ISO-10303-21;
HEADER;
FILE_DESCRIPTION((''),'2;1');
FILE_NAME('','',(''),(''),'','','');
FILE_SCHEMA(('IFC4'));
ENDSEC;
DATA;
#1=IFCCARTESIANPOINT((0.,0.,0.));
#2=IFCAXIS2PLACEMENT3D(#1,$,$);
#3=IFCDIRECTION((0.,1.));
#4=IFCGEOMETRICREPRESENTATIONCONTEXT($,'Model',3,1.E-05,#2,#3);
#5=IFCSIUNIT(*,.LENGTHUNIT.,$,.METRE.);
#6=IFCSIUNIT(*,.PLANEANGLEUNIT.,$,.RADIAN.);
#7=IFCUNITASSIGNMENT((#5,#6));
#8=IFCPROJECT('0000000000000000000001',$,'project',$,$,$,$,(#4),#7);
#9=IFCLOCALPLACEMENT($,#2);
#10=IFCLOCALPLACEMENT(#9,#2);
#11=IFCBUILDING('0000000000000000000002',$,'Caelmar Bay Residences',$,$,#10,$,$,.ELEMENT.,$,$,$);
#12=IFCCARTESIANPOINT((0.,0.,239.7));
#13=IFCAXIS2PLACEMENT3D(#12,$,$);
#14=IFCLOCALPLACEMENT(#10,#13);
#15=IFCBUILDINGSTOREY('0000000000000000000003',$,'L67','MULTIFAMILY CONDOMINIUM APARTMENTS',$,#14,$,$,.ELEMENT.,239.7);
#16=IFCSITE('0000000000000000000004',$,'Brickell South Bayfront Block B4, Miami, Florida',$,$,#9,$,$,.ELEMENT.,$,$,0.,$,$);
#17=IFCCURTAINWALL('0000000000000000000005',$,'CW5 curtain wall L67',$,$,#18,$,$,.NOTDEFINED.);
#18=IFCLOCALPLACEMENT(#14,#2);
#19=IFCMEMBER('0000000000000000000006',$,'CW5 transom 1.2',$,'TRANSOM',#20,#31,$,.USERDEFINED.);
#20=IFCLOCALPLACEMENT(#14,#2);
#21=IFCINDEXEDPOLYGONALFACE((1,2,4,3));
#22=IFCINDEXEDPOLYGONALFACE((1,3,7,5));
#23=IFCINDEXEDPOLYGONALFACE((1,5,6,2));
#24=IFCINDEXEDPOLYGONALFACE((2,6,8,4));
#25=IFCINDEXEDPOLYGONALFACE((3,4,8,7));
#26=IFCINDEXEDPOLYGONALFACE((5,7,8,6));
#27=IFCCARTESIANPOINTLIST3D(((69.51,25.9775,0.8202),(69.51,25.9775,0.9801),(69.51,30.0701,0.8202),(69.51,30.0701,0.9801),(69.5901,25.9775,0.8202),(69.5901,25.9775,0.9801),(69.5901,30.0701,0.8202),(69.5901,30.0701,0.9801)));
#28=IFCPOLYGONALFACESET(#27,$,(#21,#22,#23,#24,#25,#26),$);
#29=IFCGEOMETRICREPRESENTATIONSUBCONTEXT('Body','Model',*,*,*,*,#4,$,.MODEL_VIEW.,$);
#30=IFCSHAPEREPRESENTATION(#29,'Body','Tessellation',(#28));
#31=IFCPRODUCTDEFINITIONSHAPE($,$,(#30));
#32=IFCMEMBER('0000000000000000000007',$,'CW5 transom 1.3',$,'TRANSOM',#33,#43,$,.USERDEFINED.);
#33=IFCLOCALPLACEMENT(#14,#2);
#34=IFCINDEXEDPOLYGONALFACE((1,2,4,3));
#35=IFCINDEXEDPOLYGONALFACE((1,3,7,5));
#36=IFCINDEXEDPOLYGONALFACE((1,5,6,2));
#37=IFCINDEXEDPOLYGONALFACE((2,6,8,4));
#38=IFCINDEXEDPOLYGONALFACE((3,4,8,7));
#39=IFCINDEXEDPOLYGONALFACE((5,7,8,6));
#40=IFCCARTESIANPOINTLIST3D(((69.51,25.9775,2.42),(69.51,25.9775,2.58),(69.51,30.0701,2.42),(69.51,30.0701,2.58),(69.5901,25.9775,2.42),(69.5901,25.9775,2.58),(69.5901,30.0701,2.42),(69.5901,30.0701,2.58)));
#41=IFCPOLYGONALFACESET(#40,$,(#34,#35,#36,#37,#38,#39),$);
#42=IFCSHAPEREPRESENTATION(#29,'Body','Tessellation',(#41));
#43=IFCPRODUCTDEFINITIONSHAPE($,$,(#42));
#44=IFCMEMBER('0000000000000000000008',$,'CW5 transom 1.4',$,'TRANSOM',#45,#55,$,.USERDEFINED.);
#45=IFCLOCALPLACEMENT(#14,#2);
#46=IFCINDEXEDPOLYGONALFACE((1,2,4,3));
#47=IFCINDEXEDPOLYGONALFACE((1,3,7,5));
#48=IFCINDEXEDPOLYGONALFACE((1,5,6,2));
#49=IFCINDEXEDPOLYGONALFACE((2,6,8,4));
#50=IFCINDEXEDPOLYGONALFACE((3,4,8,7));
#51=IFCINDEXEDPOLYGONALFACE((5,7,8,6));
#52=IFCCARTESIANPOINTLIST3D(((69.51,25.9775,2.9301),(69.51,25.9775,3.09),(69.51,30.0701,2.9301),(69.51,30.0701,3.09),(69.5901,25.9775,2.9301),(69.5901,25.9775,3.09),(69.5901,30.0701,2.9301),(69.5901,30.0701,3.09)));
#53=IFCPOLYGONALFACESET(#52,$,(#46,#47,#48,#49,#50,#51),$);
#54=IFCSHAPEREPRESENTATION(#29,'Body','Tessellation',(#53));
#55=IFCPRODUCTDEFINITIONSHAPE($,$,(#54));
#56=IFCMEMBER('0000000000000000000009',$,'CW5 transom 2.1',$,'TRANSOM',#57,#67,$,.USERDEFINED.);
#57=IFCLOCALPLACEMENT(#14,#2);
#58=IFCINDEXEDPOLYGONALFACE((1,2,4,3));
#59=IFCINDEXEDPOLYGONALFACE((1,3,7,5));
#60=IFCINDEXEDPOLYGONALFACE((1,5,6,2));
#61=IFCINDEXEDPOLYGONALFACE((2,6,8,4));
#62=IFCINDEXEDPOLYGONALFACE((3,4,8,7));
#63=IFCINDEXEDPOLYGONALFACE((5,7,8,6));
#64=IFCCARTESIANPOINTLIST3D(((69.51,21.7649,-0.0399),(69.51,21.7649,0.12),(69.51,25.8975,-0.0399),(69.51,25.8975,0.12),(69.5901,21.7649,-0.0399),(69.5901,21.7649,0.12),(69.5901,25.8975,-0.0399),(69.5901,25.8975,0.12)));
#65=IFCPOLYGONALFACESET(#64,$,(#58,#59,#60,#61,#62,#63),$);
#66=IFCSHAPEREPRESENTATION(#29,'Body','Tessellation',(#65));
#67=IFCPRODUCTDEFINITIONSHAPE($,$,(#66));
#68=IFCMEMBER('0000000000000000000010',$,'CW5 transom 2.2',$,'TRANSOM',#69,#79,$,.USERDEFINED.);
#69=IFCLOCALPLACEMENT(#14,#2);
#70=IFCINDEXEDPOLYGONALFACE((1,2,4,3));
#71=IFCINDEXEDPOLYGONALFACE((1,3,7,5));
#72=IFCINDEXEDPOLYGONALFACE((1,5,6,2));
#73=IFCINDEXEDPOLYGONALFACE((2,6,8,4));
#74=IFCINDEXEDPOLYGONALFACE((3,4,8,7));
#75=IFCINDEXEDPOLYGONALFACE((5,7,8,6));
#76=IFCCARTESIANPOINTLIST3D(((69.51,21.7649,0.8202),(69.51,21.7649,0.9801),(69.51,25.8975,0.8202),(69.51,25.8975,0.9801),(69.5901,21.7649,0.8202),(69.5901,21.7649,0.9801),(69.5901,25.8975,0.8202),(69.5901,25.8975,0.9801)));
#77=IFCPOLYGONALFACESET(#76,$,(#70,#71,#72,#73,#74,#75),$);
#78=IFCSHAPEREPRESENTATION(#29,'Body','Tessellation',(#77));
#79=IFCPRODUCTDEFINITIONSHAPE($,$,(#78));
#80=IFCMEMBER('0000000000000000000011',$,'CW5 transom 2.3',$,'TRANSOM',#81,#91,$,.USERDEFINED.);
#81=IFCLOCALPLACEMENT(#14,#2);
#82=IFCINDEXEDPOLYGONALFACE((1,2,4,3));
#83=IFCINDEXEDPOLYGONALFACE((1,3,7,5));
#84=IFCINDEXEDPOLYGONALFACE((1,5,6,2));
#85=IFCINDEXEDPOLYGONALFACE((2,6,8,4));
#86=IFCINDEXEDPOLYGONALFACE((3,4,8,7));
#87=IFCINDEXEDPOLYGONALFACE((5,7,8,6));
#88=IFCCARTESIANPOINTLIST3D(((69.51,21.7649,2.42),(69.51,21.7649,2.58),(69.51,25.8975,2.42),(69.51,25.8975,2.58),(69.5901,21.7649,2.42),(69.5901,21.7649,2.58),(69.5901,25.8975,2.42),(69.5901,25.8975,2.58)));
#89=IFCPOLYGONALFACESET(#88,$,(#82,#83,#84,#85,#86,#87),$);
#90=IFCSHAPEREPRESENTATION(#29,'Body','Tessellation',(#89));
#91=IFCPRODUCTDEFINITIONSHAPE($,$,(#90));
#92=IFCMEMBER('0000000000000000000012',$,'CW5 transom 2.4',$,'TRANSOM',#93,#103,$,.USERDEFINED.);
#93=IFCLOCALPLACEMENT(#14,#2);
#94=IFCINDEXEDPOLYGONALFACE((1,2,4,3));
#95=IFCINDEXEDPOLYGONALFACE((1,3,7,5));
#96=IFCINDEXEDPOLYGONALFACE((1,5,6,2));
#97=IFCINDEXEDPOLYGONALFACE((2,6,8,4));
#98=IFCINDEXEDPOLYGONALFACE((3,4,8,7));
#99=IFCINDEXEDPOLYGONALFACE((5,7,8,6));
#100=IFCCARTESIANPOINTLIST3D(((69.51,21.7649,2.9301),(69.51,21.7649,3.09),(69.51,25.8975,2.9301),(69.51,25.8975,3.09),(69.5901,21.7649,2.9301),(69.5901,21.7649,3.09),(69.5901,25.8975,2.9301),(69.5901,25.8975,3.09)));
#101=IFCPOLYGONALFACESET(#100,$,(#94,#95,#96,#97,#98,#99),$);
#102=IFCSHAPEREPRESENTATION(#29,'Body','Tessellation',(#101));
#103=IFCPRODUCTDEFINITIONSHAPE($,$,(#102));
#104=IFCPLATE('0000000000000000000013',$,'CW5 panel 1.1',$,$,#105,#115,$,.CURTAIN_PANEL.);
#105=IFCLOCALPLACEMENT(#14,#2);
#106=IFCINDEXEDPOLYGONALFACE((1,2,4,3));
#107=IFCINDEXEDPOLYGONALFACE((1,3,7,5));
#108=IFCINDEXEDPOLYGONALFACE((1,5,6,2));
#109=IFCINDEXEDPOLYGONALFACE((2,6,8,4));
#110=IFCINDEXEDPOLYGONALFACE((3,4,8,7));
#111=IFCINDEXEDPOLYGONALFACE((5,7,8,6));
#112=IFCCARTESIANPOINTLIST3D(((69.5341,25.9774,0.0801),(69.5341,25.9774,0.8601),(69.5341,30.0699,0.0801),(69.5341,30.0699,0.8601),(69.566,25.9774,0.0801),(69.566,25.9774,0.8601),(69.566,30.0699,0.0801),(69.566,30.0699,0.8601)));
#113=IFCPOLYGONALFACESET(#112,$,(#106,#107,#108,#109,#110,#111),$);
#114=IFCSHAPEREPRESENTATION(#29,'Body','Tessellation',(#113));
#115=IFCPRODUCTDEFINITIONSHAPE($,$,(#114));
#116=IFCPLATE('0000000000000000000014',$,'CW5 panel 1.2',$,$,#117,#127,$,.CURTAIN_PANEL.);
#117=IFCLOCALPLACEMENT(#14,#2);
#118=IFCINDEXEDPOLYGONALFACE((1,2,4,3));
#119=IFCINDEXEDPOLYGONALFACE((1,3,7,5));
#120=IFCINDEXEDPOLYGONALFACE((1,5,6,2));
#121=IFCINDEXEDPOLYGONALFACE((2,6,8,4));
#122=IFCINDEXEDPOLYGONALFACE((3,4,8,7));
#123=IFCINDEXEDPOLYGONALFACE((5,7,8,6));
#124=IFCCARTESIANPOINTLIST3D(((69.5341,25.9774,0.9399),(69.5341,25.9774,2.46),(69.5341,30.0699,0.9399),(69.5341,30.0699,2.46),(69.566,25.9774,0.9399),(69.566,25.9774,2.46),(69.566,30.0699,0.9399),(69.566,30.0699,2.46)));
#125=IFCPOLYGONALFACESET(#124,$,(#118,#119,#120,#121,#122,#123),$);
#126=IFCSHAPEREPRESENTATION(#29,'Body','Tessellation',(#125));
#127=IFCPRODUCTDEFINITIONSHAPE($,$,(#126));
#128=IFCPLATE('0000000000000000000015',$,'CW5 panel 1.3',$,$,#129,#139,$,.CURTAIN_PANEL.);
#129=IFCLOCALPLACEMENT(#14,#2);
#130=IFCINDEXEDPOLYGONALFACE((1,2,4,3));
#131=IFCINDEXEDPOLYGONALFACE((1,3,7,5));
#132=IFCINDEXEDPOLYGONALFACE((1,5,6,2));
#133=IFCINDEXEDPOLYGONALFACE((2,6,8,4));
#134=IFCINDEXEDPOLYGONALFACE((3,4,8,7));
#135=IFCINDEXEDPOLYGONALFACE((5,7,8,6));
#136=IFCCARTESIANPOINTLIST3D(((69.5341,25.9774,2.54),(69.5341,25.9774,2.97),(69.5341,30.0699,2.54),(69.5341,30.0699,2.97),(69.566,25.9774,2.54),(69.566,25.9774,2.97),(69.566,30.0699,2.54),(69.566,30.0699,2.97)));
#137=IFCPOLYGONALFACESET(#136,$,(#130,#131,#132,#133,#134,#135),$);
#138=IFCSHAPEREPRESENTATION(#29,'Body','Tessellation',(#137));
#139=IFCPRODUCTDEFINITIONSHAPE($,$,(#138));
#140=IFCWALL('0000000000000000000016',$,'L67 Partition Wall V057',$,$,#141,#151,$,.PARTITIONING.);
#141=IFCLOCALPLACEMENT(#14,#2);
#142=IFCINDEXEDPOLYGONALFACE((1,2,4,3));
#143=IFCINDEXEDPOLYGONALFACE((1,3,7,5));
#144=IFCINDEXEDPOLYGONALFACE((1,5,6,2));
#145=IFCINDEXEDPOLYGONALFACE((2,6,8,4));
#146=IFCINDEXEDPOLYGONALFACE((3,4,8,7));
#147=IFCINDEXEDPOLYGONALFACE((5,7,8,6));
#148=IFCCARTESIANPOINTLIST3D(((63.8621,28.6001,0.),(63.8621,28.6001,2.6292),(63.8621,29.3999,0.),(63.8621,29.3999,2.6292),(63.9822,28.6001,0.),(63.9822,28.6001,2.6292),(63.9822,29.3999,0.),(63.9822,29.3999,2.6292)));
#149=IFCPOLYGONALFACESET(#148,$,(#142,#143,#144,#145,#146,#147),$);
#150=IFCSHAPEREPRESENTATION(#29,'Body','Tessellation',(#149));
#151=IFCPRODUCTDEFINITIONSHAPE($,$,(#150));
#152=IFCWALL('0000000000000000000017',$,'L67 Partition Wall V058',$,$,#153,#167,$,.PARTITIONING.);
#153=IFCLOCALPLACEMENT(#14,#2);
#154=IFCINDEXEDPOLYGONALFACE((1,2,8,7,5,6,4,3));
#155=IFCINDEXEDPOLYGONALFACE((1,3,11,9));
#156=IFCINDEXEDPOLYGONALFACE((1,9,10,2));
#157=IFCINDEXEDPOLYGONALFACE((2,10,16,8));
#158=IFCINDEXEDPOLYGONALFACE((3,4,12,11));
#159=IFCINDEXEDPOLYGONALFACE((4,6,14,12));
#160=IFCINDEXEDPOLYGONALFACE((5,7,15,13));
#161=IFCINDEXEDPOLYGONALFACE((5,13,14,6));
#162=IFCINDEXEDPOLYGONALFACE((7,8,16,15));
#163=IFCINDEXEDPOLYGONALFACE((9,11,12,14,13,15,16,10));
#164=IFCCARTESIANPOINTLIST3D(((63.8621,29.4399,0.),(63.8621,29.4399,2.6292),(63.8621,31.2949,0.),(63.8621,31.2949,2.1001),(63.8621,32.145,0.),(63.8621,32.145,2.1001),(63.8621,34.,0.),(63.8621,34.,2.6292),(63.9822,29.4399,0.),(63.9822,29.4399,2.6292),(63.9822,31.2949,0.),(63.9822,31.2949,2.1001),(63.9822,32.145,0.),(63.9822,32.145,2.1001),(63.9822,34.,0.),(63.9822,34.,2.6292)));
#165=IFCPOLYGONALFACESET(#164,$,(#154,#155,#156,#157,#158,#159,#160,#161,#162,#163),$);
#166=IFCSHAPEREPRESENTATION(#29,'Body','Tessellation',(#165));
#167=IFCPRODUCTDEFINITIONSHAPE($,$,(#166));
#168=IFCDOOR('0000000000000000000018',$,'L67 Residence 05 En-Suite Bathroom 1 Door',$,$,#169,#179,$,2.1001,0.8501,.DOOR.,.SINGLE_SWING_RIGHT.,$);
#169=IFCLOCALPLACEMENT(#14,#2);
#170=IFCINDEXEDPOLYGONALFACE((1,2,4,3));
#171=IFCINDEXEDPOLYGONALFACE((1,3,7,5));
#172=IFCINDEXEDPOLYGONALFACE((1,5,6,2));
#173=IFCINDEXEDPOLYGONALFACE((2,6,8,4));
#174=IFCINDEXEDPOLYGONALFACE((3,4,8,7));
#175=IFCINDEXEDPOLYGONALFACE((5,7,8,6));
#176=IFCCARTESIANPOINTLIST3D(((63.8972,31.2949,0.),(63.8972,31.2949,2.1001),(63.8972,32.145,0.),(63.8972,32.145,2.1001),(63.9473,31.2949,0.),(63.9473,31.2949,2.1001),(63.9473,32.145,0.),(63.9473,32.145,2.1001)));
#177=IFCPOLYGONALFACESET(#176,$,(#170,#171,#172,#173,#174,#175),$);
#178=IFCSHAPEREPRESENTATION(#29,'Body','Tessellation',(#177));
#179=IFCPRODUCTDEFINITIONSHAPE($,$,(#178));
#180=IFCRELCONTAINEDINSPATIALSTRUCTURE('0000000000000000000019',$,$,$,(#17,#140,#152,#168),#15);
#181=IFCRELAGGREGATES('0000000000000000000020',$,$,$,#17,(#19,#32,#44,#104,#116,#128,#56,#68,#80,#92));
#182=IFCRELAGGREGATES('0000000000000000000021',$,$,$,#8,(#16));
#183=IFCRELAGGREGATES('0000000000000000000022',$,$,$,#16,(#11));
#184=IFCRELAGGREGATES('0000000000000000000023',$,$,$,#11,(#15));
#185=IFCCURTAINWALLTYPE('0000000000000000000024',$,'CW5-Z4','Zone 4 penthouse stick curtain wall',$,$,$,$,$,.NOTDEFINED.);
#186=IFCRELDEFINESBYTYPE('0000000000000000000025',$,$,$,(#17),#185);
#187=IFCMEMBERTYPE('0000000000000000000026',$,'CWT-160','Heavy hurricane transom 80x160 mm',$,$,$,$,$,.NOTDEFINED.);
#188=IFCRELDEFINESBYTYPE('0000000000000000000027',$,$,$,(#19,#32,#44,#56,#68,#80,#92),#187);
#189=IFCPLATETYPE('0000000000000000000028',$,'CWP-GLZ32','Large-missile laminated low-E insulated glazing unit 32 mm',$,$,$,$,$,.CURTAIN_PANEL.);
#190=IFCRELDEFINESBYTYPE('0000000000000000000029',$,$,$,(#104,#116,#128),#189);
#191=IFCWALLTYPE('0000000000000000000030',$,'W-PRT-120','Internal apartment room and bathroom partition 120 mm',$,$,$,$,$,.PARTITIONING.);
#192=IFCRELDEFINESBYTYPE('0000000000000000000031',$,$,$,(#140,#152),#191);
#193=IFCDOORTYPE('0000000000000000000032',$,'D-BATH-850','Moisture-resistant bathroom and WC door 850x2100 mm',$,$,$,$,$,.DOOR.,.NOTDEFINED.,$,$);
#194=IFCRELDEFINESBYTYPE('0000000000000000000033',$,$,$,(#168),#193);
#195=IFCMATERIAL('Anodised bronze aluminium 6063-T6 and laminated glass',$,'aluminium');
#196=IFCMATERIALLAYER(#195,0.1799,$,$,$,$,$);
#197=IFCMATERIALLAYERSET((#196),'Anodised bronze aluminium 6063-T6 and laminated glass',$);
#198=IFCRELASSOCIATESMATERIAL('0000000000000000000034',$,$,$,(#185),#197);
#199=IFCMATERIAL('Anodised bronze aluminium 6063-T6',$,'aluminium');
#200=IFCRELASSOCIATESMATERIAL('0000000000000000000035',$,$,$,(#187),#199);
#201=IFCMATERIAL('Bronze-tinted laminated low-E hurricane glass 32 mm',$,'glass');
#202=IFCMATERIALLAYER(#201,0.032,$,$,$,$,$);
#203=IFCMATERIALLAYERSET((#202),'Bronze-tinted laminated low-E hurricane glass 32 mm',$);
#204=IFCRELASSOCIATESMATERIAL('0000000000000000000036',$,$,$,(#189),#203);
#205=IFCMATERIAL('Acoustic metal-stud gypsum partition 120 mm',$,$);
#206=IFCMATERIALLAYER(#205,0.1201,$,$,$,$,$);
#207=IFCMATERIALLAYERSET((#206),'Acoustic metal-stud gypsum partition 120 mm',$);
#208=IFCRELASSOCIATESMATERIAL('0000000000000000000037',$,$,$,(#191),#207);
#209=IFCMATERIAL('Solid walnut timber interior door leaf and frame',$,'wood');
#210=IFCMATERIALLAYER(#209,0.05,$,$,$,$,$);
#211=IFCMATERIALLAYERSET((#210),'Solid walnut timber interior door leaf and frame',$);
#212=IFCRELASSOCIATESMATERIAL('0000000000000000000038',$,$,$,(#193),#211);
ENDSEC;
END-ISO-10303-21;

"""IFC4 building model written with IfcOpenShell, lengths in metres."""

from ifc_helpers import new_model, si_unit, direction, frame, frame_2d, origin, origin_2d, place, context, subcontext, project, spatial, rectangle, extrude, material, layer, layer_set, material_profile, profile_set, type_object, element, fill, aggregate, save


model = new_model("IFC4")

# Units and contexts
model_context = context("Model", 3, precision=1e-05, world=origin(), true_north=direction((0.0, 1.0)))
body_context = subcontext(model_context, "Body", "Model", "MODEL_VIEW")
ifc_project = project(units=[si_unit("LENGTHUNIT", "METRE"), si_unit("PLANEANGLEUNIT", "RADIAN")], contexts=[model_context])

# Site, building, storey
site_placement = place(None, origin())
site = spatial("IfcSite", under=ifc_project, at=site_placement, Name="Brickell South Bayfront Block B4, Miami, Florida", CompositionType="ELEMENT", RefElevation=0.0)
building_placement = place(site_placement, origin())
building = spatial("IfcBuilding", under=site, at=building_placement, Name="Caelmar Bay Residences", CompositionType="ELEMENT")
storey_placement = place(building_placement, frame((0.0, 0.0, 239.7)))
storey = spatial("IfcBuildingStorey", under=building, at=storey_placement, Name="L67", Description="MULTIFAMILY CONDOMINIUM APARTMENTS", CompositionType="ELEMENT", Elevation=239.7)

# Curtain wall, members, plates
ifc_material_1 = material(Name="Anodised bronze aluminium 6063-T6 and laminated glass", Category="aluminium")
ifc_layer_1 = layer(ifc_material_1, 0.1799)
ifc_layer_set_1 = layer_set([ifc_layer_1], Name="Anodised bronze aluminium 6063-T6 and laminated glass")
curtain_wall_type = type_object("IfcCurtainWallType", Name="CW5-Z4", Description="Zone 4 penthouse stick curtain wall", PredefinedType="NOTDEFINED", material=ifc_layer_set_1)
curtain_wall_placement = place(storey_placement, origin())
curtain_wall = element("IfcCurtainWall", 1, at=curtain_wall_placement, inside=storey, type_object=curtain_wall_type, Name="CW5 curtain wall L67", PredefinedType="NOTDEFINED")
ifc_material_2 = material(Name="Anodised bronze aluminium 6063-T6", Category="aluminium")
ifc_material_profile_1 = material_profile(ifc_material_2, rectangle(XDim=0.0801, YDim=0.1599, at=origin_2d()), Name="CWT-80X160")
ifc_profile_set_1 = profile_set([ifc_material_profile_1], Name="Anodised bronze aluminium 6063-T6")
member_type_1 = type_object("IfcMemberType", Name="CWT-160", Description="Heavy hurricane transom 80x160 mm", PredefinedType="NOTDEFINED", material=ifc_profile_set_1)
member_1_placement = place(storey_placement, frame((69.55, 30.0701, 0.9001), z_axis=(0.0, -1.0, 0.0), x_axis=(1.0, 0.0, 0.0)))
member_1 = element("IfcMember", 2, at=member_1_placement, type_object=member_type_1, Name="CW5 transom 1.2", ObjectType="TRANSOM", PredefinedType="USERDEFINED", context=body_context, shape_type="SweptSolid", body=[
    extrude(rectangle(XDim=0.0801, YDim=0.1599, at=origin_2d()), origin(), (0.0, 0.0, 1.0), 4.0925),
])
member_2_placement = place(storey_placement, frame((69.55, 30.0701, 2.5), z_axis=(0.0, -1.0, 0.0), x_axis=(1.0, 0.0, 0.0)))
member_2 = element("IfcMember", 3, at=member_2_placement, type_object=member_type_1, Name="CW5 transom 1.3", ObjectType="TRANSOM", PredefinedType="USERDEFINED", context=body_context, shape_type="SweptSolid", body=[
    extrude(rectangle(XDim=0.0801, YDim=0.1599, at=origin_2d()), origin(), (0.0, 0.0, 1.0), 4.0925),
])
member_3_placement = place(storey_placement, frame((69.55, 30.0701, 3.01), z_axis=(0.0, -1.0, 0.0), x_axis=(1.0, 0.0, 0.0)))
member_3 = element("IfcMember", 4, at=member_3_placement, type_object=member_type_1, Name="CW5 transom 1.4", ObjectType="TRANSOM", PredefinedType="USERDEFINED", context=body_context, shape_type="SweptSolid", body=[
    extrude(rectangle(XDim=0.0801, YDim=0.1599, at=origin_2d()), origin(), (0.0, 0.0, 1.0), 4.0925),
])
member_4_placement = place(storey_placement, frame((69.55, 25.8975, 0.04), z_axis=(0.0, -1.0, 0.0), x_axis=(1.0, 0.0, 0.0)))
member_4 = element("IfcMember", 5, at=member_4_placement, type_object=member_type_1, Name="CW5 transom 2.1", ObjectType="TRANSOM", PredefinedType="USERDEFINED", context=body_context, shape_type="SweptSolid", body=[
    extrude(rectangle(XDim=0.0801, YDim=0.1599, at=origin_2d()), origin(), (0.0, 0.0, 1.0), 4.1326),
])
member_5_placement = place(storey_placement, frame((69.55, 25.8975, 0.9001), z_axis=(0.0, -1.0, 0.0), x_axis=(1.0, 0.0, 0.0)))
member_5 = element("IfcMember", 6, at=member_5_placement, type_object=member_type_1, Name="CW5 transom 2.2", ObjectType="TRANSOM", PredefinedType="USERDEFINED", context=body_context, shape_type="SweptSolid", body=[
    extrude(rectangle(XDim=0.0801, YDim=0.1599, at=origin_2d()), origin(), (0.0, 0.0, 1.0), 4.1326),
])
member_6_placement = place(storey_placement, frame((69.55, 25.8975, 2.5), z_axis=(0.0, -1.0, 0.0), x_axis=(1.0, 0.0, 0.0)))
member_6 = element("IfcMember", 7, at=member_6_placement, type_object=member_type_1, Name="CW5 transom 2.3", ObjectType="TRANSOM", PredefinedType="USERDEFINED", context=body_context, shape_type="SweptSolid", body=[
    extrude(rectangle(XDim=0.0801, YDim=0.1599, at=origin_2d()), origin(), (0.0, 0.0, 1.0), 4.1326),
])
member_7_placement = place(storey_placement, frame((69.55, 25.8975, 3.01), z_axis=(0.0, -1.0, 0.0), x_axis=(1.0, 0.0, 0.0)))
member_7 = element("IfcMember", 8, at=member_7_placement, type_object=member_type_1, Name="CW5 transom 2.4", ObjectType="TRANSOM", PredefinedType="USERDEFINED", context=body_context, shape_type="SweptSolid", body=[
    extrude(rectangle(XDim=0.0801, YDim=0.1599, at=origin_2d()), origin(), (0.0, 0.0, 1.0), 4.1326),
])
ifc_material_3 = material(Name="Bronze-tinted laminated low-E hurricane glass 32 mm", Category="glass")
ifc_layer_2 = layer(ifc_material_3, 0.032)
ifc_layer_set_2 = layer_set([ifc_layer_2], Name="Bronze-tinted laminated low-E hurricane glass 32 mm")
plate_type = type_object("IfcPlateType", Name="CWP-GLZ32", Description="Large-missile laminated low-E insulated glazing unit 32 mm", PredefinedType="CURTAIN_PANEL", material=ifc_layer_set_2)
plate_1_placement = place(storey_placement, frame((69.55, 28.0237, 0.0801), z_axis=(0.0, 0.0, 1.0), x_axis=(0.0, -1.0, 0.0)))
plate_1 = element("IfcPlate", 9, at=plate_1_placement, type_object=plate_type, Name="CW5 panel 1.1", PredefinedType="CURTAIN_PANEL", context=body_context, shape_type="SweptSolid", body=[
    extrude(rectangle(XDim=4.0925, YDim=0.032, at=origin_2d()), origin(), (0.0, 0.0, 1.0), 0.78),
])
plate_2_placement = place(storey_placement, frame((69.55, 28.0237, 0.9399), z_axis=(0.0, 0.0, 1.0), x_axis=(0.0, -1.0, 0.0)))
plate_2 = element("IfcPlate", 10, at=plate_2_placement, type_object=plate_type, Name="CW5 panel 1.2", PredefinedType="CURTAIN_PANEL", context=body_context, shape_type="SweptSolid", body=[
    extrude(rectangle(XDim=4.0925, YDim=0.032, at=origin_2d()), origin(), (0.0, 0.0, 1.0), 1.52),
])
plate_3_placement = place(storey_placement, frame((69.55, 28.0237, 2.54), z_axis=(0.0, 0.0, 1.0), x_axis=(0.0, -1.0, 0.0)))
plate_3 = element("IfcPlate", 11, at=plate_3_placement, type_object=plate_type, Name="CW5 panel 1.3", PredefinedType="CURTAIN_PANEL", context=body_context, shape_type="SweptSolid", body=[
    extrude(rectangle(XDim=4.0925, YDim=0.032, at=origin_2d()), origin(), (0.0, 0.0, 1.0), 0.4299),
])
aggregate(curtain_wall, [member_1, member_2, member_3, plate_1, plate_2, plate_3, member_4, member_5, member_6, member_7])

# Wall
ifc_material_4 = material(Name="Acoustic metal-stud gypsum partition 120 mm")
ifc_layer_3 = layer(ifc_material_4, 0.1201)
ifc_layer_set_3 = layer_set([ifc_layer_3], Name="Acoustic metal-stud gypsum partition 120 mm")
wall_type = type_object("IfcWallType", Name="W-PRT-120", Description="Internal apartment room and bathroom partition 120 mm", PredefinedType="PARTITIONING", material=ifc_layer_set_3)
wall_1_placement = place(storey_placement, frame((63.9221, 28.6001, 0.0), z_axis=(0.0, 0.0, 1.0), x_axis=(0.0, 1.0, 0.0)))
element("IfcWall", 12, at=wall_1_placement, inside=storey, type_object=wall_type, Name="L67 Partition Wall V057", PredefinedType="PARTITIONING", context=body_context, shape_type="SweptSolid", body=[
    extrude(rectangle(XDim=0.7998, YDim=0.1201, at=frame_2d((0.3999, 0.0))), origin(), (0.0, 0.0, 1.0), 2.6292),
])

# Wall, opening, door
wall_2_placement = place(storey_placement, frame((63.9221, 29.4399, 0.0), z_axis=(0.0, 0.0, 1.0), x_axis=(0.0, 1.0, 0.0)))
wall_2 = element("IfcWall", 13, at=wall_2_placement, inside=storey, type_object=wall_type, Name="L67 Partition Wall V058", PredefinedType="PARTITIONING", context=body_context, shape_type="SweptSolid", body=[
    extrude(rectangle(XDim=4.5601, YDim=0.1201, at=frame_2d((2.28, 0.0))), origin(), (0.0, 0.0, 1.0), 2.6292),
])
opening_1_placement = place(wall_2_placement, frame((1.855, 0.0, 0.0)))
opening_1 = element("IfcOpeningElement", 14, at=opening_1_placement, cuts=wall_2, PredefinedType="OPENING", context=body_context, shape_type="SweptSolid", body=[
    extrude(rectangle(XDim=0.8501, YDim=2.1001, at=frame_2d((0.425, 1.05))), frame((0.0, 0.0701, 0.0), z_axis=(0.0, -1.0, 0.0), x_axis=(1.0, 0.0, 0.0)), (0.0, 0.0, 1.0), 0.1401),
])
ifc_material_5 = material(Name="Solid walnut timber interior door leaf and frame", Category="wood")
ifc_layer_4 = layer(ifc_material_5, 0.05)
ifc_layer_set_4 = layer_set([ifc_layer_4], Name="Solid walnut timber interior door leaf and frame")
door_type_1 = type_object("IfcDoorType", Name="D-BATH-850", Description="Moisture-resistant bathroom and WC door 850x2100 mm", OperationType="NOTDEFINED", PredefinedType="DOOR", material=ifc_layer_set_4)
door_1_placement = place(opening_1_placement, origin())
door_1 = element("IfcDoor", 15, at=door_1_placement, inside=storey, type_object=door_type_1, Name="L67 Residence 05 En-Suite Bathroom 1 Door", OperationType="SINGLE_SWING_RIGHT", OverallHeight=2.1001, OverallWidth=0.8501, PredefinedType="DOOR", context=body_context, shape_type="SweptSolid", body=[
    extrude(rectangle(XDim=0.8501, YDim=2.1001, at=frame_2d((0.425, 1.05))), frame((0.0, 0.0249, 0.0), z_axis=(0.0, -1.0, 0.0), x_axis=(1.0, 0.0, 0.0)), (0.0, 0.0, 1.0), 0.05),
])
fill(opening_1, door_1)

save(model, "model.ifc")
